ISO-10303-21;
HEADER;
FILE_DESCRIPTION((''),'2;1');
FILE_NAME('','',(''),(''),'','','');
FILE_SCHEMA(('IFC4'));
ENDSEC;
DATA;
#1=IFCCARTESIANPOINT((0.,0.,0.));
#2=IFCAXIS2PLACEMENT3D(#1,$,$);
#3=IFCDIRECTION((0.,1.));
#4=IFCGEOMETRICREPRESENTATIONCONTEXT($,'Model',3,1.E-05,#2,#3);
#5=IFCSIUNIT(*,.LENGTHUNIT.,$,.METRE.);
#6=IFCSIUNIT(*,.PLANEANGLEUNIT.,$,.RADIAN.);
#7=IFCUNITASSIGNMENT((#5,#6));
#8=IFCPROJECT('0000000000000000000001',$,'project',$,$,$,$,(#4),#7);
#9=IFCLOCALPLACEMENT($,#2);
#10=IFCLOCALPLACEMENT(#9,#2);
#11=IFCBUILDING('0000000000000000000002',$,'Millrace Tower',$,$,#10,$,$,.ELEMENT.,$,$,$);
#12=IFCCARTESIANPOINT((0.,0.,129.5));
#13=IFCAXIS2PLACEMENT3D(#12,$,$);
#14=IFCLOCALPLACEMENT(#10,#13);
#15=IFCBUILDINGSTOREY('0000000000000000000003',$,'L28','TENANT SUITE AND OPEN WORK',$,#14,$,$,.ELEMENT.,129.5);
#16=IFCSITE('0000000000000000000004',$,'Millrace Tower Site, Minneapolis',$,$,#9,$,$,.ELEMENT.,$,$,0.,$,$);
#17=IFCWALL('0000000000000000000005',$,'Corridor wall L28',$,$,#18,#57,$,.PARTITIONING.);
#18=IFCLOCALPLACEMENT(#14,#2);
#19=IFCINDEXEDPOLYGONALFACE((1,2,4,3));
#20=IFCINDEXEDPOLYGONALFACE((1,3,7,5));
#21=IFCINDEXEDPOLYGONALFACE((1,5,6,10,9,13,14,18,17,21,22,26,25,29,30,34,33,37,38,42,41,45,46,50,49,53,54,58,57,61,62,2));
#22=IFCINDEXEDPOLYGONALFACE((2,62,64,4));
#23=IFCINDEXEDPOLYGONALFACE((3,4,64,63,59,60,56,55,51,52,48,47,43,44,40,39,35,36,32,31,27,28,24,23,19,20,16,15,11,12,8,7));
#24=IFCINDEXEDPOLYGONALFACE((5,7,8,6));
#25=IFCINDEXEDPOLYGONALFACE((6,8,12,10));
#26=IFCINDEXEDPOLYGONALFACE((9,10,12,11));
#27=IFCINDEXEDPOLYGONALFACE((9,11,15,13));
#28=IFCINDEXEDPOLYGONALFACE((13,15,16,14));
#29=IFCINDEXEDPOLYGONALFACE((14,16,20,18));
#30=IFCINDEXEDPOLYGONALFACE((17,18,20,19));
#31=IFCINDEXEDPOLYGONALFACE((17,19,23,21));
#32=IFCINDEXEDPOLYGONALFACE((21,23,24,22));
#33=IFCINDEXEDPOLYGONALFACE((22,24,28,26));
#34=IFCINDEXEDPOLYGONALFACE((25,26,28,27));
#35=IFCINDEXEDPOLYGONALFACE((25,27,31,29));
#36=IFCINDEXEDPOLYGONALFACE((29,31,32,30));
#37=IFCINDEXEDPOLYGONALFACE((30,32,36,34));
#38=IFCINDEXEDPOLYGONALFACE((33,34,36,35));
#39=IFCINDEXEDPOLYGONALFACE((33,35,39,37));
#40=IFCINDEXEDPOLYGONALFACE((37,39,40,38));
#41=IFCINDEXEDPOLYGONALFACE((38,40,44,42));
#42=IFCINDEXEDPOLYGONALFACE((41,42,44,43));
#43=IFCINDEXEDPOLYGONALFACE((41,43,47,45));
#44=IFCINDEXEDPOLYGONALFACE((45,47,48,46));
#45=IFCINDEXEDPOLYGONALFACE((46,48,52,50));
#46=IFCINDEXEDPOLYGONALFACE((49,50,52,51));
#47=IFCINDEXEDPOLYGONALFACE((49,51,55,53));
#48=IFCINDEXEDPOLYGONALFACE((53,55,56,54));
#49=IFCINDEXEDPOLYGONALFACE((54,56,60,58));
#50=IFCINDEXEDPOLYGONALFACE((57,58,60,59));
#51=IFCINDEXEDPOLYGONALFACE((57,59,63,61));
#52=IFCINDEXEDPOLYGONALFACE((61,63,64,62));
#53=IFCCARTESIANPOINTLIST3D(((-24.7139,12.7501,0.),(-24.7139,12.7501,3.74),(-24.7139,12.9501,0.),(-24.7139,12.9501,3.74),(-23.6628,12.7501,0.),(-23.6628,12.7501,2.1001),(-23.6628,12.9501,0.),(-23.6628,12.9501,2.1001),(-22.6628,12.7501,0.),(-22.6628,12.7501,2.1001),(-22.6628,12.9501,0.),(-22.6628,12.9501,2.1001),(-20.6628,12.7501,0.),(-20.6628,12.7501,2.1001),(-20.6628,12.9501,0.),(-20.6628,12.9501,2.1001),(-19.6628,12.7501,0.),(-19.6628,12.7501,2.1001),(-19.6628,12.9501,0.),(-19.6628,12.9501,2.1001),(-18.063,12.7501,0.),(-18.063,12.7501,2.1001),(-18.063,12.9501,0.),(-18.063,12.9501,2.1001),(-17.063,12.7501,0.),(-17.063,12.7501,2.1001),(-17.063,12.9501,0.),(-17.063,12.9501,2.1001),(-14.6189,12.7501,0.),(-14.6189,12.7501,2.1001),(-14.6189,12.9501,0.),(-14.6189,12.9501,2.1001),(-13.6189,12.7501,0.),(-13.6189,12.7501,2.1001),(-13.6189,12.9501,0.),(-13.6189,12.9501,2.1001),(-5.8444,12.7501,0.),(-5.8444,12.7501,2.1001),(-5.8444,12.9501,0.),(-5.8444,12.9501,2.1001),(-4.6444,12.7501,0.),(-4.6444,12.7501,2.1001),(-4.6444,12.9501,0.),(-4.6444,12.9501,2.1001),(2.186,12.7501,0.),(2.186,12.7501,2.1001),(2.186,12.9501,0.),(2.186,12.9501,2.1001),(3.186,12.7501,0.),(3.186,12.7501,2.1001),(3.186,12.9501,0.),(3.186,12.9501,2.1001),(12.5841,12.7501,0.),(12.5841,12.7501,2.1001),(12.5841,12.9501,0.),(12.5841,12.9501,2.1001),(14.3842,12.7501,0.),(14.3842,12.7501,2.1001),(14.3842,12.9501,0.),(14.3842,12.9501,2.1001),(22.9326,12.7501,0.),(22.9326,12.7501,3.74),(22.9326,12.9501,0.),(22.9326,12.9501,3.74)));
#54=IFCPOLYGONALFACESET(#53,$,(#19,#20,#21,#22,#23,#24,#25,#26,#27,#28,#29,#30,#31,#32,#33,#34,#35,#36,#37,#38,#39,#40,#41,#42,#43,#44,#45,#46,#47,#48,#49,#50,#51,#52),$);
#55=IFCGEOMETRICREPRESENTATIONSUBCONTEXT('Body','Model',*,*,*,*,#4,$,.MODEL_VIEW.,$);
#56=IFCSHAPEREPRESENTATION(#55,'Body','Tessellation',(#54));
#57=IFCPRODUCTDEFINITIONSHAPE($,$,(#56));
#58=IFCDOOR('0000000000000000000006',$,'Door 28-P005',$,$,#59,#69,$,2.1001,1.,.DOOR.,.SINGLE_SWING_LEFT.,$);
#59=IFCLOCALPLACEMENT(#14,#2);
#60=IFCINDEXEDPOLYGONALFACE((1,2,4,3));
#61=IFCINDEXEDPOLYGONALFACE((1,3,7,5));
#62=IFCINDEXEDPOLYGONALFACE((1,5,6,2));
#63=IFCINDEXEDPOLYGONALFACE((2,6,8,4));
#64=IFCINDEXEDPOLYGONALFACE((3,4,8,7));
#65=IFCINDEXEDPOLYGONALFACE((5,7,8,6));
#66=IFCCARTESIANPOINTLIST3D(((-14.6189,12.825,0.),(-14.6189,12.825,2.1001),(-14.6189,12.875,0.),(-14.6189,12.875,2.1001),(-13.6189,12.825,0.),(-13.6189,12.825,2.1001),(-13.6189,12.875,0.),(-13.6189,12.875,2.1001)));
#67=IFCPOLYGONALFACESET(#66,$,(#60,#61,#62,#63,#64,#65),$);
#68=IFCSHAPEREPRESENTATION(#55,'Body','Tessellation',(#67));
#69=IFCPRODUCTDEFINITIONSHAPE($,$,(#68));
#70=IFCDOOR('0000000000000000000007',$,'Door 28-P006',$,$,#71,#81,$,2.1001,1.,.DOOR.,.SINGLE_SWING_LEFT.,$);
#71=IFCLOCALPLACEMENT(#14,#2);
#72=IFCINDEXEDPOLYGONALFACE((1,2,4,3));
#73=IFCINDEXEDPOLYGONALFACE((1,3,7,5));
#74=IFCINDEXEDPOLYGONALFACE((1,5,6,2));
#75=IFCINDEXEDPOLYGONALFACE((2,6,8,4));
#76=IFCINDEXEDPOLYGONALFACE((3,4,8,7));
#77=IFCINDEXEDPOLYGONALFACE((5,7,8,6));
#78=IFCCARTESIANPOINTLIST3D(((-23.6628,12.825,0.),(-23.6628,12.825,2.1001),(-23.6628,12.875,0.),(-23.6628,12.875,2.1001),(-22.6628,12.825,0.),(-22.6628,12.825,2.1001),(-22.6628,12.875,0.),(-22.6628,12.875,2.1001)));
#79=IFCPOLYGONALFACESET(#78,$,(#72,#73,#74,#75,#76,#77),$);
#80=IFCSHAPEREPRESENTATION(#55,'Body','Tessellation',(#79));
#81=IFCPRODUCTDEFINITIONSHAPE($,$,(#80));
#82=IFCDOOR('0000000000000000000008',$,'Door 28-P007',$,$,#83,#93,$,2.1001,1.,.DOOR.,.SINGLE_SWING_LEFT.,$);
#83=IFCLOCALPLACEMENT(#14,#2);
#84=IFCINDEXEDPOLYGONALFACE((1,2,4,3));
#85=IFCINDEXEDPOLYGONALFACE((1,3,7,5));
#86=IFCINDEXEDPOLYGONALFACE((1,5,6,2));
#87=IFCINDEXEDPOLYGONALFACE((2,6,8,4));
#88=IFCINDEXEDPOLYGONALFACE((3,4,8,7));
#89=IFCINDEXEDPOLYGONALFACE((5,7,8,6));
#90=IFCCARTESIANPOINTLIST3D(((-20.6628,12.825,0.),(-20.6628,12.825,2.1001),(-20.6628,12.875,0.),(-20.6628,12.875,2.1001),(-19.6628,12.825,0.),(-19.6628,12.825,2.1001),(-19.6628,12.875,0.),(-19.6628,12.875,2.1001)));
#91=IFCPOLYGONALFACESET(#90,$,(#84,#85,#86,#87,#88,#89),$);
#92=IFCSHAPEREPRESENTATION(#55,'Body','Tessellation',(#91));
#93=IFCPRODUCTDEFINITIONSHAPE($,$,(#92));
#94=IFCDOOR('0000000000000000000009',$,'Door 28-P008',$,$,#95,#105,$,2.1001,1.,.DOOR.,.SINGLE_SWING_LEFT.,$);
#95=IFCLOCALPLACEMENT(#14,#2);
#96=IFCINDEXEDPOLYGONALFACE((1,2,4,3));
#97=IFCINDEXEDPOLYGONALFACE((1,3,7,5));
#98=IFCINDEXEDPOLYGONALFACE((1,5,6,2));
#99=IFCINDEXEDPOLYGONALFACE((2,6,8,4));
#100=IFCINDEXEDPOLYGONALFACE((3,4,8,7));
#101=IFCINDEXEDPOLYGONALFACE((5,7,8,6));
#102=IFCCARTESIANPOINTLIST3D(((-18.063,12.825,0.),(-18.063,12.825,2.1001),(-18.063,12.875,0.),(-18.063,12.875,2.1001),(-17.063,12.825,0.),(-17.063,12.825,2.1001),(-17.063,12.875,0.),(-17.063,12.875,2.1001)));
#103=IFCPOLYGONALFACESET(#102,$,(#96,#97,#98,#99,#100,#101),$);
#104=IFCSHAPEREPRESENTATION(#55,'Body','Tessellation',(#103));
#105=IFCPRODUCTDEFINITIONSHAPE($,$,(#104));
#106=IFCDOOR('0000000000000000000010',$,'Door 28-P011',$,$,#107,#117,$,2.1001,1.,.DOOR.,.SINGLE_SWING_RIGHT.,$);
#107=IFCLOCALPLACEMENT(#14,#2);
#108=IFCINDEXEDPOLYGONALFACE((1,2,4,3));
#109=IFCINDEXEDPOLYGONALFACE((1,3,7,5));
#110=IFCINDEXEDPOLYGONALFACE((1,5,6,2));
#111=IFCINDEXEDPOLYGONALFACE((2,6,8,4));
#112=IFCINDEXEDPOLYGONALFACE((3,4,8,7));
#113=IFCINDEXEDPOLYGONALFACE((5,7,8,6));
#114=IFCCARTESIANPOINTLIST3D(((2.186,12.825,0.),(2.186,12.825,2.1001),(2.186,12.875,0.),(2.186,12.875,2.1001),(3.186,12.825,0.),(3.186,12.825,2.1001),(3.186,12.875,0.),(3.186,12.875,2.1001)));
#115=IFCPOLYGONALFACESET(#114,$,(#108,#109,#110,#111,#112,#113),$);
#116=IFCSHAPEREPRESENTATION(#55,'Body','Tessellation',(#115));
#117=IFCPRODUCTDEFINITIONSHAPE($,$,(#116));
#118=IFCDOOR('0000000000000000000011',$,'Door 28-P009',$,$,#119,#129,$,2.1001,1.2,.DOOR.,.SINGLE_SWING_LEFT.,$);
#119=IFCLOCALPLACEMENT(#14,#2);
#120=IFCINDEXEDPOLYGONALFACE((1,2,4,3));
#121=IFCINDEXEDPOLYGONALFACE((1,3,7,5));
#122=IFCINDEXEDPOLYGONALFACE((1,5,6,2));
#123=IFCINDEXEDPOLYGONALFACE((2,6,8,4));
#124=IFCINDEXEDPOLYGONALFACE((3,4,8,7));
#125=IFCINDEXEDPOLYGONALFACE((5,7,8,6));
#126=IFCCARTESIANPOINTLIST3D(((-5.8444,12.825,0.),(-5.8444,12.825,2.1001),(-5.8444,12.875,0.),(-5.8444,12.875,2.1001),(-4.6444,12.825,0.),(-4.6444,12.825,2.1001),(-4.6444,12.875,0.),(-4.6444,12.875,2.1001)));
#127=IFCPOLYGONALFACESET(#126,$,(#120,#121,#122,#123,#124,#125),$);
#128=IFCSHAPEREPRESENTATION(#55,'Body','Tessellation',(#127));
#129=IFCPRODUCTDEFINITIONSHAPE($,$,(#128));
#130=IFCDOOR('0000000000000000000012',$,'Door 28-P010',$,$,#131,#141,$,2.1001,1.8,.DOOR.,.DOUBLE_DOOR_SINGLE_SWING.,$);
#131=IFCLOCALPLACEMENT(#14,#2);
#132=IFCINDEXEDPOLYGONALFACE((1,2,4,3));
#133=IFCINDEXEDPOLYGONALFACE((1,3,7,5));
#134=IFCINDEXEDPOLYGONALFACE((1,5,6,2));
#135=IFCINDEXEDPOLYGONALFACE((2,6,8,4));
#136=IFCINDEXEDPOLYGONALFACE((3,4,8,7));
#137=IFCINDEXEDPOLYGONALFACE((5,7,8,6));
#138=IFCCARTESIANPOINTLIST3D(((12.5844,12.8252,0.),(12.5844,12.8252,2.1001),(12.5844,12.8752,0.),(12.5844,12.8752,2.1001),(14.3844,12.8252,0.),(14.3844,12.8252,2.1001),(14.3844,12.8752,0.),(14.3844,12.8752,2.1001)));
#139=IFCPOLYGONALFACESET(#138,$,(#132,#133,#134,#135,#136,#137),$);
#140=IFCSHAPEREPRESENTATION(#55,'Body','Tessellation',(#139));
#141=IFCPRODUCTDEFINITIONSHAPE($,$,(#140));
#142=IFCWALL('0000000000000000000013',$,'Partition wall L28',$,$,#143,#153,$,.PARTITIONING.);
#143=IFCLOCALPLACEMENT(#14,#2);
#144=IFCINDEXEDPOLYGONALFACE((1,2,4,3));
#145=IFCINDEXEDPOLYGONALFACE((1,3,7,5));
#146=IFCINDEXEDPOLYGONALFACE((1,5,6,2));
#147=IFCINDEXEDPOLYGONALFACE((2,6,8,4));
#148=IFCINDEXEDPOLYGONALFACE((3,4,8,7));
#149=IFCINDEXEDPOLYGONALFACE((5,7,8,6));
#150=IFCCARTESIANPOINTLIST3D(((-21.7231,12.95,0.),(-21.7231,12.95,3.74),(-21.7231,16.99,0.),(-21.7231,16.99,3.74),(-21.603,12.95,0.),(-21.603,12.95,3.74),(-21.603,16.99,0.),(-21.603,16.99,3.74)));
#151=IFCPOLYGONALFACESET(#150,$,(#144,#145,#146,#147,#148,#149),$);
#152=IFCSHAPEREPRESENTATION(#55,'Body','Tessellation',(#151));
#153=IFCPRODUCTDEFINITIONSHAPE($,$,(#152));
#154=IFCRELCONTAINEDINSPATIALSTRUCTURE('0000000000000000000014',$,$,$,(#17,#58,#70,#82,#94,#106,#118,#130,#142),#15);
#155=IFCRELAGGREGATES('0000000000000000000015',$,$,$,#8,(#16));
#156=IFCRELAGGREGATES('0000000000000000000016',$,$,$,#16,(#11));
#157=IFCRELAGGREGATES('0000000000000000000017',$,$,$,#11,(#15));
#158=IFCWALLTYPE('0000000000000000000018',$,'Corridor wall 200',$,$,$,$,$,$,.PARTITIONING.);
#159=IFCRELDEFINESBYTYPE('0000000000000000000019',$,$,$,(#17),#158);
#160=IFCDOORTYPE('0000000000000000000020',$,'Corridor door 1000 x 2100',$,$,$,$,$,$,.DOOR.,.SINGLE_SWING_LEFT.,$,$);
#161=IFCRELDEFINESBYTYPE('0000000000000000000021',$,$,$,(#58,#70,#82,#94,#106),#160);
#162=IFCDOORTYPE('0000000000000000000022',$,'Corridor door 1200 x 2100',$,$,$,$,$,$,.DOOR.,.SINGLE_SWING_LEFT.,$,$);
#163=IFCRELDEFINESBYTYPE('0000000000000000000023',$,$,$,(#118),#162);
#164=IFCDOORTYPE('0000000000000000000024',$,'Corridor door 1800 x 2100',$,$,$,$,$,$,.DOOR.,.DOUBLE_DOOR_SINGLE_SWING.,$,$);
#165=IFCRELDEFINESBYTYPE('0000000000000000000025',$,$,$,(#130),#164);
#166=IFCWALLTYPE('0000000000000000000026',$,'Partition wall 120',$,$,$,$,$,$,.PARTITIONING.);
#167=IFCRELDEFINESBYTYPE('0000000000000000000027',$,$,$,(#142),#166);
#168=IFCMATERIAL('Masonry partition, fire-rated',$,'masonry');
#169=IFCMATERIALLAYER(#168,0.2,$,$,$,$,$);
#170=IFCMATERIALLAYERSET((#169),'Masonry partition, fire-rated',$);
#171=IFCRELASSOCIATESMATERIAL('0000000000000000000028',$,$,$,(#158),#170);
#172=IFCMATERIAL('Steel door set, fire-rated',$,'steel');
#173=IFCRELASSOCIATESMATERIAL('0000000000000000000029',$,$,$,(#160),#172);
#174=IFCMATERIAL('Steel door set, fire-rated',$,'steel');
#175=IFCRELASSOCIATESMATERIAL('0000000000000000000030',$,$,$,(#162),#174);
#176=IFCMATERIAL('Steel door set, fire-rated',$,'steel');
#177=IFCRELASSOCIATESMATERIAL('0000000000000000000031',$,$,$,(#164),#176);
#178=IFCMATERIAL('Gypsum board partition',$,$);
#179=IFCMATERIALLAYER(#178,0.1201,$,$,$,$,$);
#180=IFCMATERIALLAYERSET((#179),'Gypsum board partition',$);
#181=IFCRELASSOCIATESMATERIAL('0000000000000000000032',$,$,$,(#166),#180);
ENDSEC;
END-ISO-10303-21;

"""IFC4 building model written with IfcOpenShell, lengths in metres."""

from ifc_helpers import new_model, si_unit, direction, frame, frame_2d, origin, place, context, subcontext, project, spatial, rectangle, extrude, material, layer, layer_set, type_object, element, fill, save


model = new_model("IFC4")

# Units and contexts
model_context = context("Model", 3, precision=1e-05, world=origin(), true_north=direction((0.0, 1.0)))
body_context = subcontext(model_context, "Body", "Model", "MODEL_VIEW")
ifc_project = project(units=[si_unit("LENGTHUNIT", "METRE"), si_unit("PLANEANGLEUNIT", "RADIAN")], contexts=[model_context])

# Site, building, storey
site_placement = place(None, origin())
site = spatial("IfcSite", under=ifc_project, at=site_placement, Name="Millrace Tower Site, Minneapolis", CompositionType="ELEMENT", RefElevation=0.0)
building_placement = place(site_placement, origin())
building = spatial("IfcBuilding", under=site, at=building_placement, Name="Millrace Tower", CompositionType="ELEMENT")
storey_placement = place(building_placement, frame((0.0, 0.0, 129.5)))
storey = spatial("IfcBuildingStorey", under=building, at=storey_placement, Name="L28", Description="TENANT SUITE AND OPEN WORK", CompositionType="ELEMENT", Elevation=129.5)

# Shared definitions
ifc_material_1 = material(Name="Masonry partition, fire-rated", Category="masonry")
ifc_layer_1 = layer(ifc_material_1, 0.2)
ifc_layer_set_1 = layer_set([ifc_layer_1], Name="Masonry partition, fire-rated")
wall_type_1 = type_object("IfcWallType", Name="Corridor wall 200", PredefinedType="PARTITIONING", material=ifc_layer_set_1)

# Wall, openings, doors
wall_1_placement = place(storey_placement, frame((-24.7139, 12.8501, 0.0), z_axis=(0.0, 0.0, 1.0), x_axis=(1.0, 0.0, 0.0)))
wall_1 = element("IfcWall", 1, at=wall_1_placement, inside=storey, type_object=wall_type_1, Name="Corridor wall L28", PredefinedType="PARTITIONING", context=body_context, shape_type="SweptSolid", body=[
    extrude(rectangle(XDim=47.6465, YDim=0.2, at=frame_2d((23.8232, 0.0))), origin(), (0.0, 0.0, 1.0), 3.74),
])
opening_1_placement = place(wall_1_placement, frame((10.095, 0.0, 0.0)))
opening_1 = element("IfcOpeningElement", 2, at=opening_1_placement, cuts=wall_1, PredefinedType="OPENING", context=body_context, shape_type="SweptSolid", body=[
    extrude(rectangle(XDim=1.0, YDim=2.1001, at=frame_2d((0.5, 1.05))), frame((0.0, 0.1099, 0.0), z_axis=(0.0, -1.0, 0.0), x_axis=(1.0, 0.0, 0.0)), (0.0, 0.0, 1.0), 0.22),
])
opening_2_placement = place(wall_1_placement, frame((1.051, 0.0, 0.0)))
opening_2 = element("IfcOpeningElement", 3, at=opening_2_placement, cuts=wall_1, PredefinedType="OPENING", context=body_context, shape_type="SweptSolid", body=[
    extrude(rectangle(XDim=1.0, YDim=2.1001, at=frame_2d((0.5, 1.05))), frame((0.0, 0.1099, 0.0), z_axis=(0.0, -1.0, 0.0), x_axis=(1.0, 0.0, 0.0)), (0.0, 0.0, 1.0), 0.22),
])
opening_3_placement = place(wall_1_placement, frame((4.051, 0.0, 0.0)))
opening_3 = element("IfcOpeningElement", 4, at=opening_3_placement, cuts=wall_1, PredefinedType="OPENING", context=body_context, shape_type="SweptSolid", body=[
    extrude(rectangle(XDim=1.0, YDim=2.1001, at=frame_2d((0.5, 1.05))), frame((0.0, 0.1099, 0.0), z_axis=(0.0, -1.0, 0.0), x_axis=(1.0, 0.0, 0.0)), (0.0, 0.0, 1.0), 0.22),
])
opening_4_placement = place(wall_1_placement, frame((6.6509, 0.0, 0.0)))
opening_4 = element("IfcOpeningElement", 5, at=opening_4_placement, cuts=wall_1, PredefinedType="OPENING", context=body_context, shape_type="SweptSolid", body=[
    extrude(rectangle(XDim=1.0, YDim=2.1001, at=frame_2d((0.5, 1.05))), frame((0.0, 0.1099, 0.0), z_axis=(0.0, -1.0, 0.0), x_axis=(1.0, 0.0, 0.0)), (0.0, 0.0, 1.0), 0.22),
])
opening_5_placement = place(wall_1_placement, frame((18.8694, 0.0, 0.0)))
opening_5 = element("IfcOpeningElement", 6, at=opening_5_placement, cuts=wall_1, PredefinedType="OPENING", context=body_context, shape_type="SweptSolid", body=[
    extrude(rectangle(XDim=1.2, YDim=2.1001, at=frame_2d((0.6001, 1.05))), frame((0.0, 0.1099, 0.0), z_axis=(0.0, -1.0, 0.0), x_axis=(1.0, 0.0, 0.0)), (0.0, 0.0, 1.0), 0.22),
])
opening_6_placement = place(wall_1_placement, frame((37.2981, 0.0, 0.0)))
opening_6 = element("IfcOpeningElement", 7, at=opening_6_placement, cuts=wall_1, PredefinedType="OPENING", context=body_context, shape_type="SweptSolid", body=[
    extrude(rectangle(XDim=1.8, YDim=2.1001, at=frame_2d((0.8999, 1.05))), frame((0.0, 0.1099, 0.0), z_axis=(0.0, -1.0, 0.0), x_axis=(1.0, 0.0, 0.0)), (0.0, 0.0, 1.0), 0.22),
])
opening_7_placement = place(wall_1_placement, frame((26.8999, 0.0, 0.0)))
opening_7 = element("IfcOpeningElement", 8, at=opening_7_placement, cuts=wall_1, PredefinedType="OPENING", context=body_context, shape_type="SweptSolid", body=[
    extrude(rectangle(XDim=1.0, YDim=2.1001, at=frame_2d((0.5, 1.05))), frame((0.0, 0.1099, 0.0), z_axis=(0.0, -1.0, 0.0), x_axis=(1.0, 0.0, 0.0)), (0.0, 0.0, 1.0), 0.22),
])
ifc_material_2 = material(Name="Steel door set, fire-rated", Category="steel")
door_type_1 = type_object("IfcDoorType", Name="Corridor door 1000 x 2100", OperationType="SINGLE_SWING_LEFT", PredefinedType="DOOR", material=ifc_material_2)
door_1_placement = place(opening_1_placement, origin())
door_1 = element("IfcDoor", 9, at=door_1_placement, inside=storey, type_object=door_type_1, Name="Door 28-P005", OperationType="SINGLE_SWING_LEFT", OverallHeight=2.1001, OverallWidth=1.0, PredefinedType="DOOR", context=body_context, shape_type="SweptSolid", body=[
    extrude(rectangle(XDim=1.0, YDim=2.1001, at=frame_2d((0.5, 1.05))), frame((0.0, 0.0249, 0.0), z_axis=(0.0, -1.0, 0.0), x_axis=(1.0, 0.0, 0.0)), (0.0, 0.0, 1.0), 0.05),
])
fill(opening_1, door_1)
door_2_placement = place(opening_2_placement, origin())
door_2 = element("IfcDoor", 10, at=door_2_placement, inside=storey, type_object=door_type_1, Name="Door 28-P006", OperationType="SINGLE_SWING_LEFT", OverallHeight=2.1001, OverallWidth=1.0, PredefinedType="DOOR", context=body_context, shape_type="SweptSolid", body=[
    extrude(rectangle(XDim=1.0, YDim=2.1001, at=frame_2d((0.5, 1.05))), frame((0.0, 0.0249, 0.0), z_axis=(0.0, -1.0, 0.0), x_axis=(1.0, 0.0, 0.0)), (0.0, 0.0, 1.0), 0.05),
])
fill(opening_2, door_2)
door_3_placement = place(opening_3_placement, origin())
door_3 = element("IfcDoor", 11, at=door_3_placement, inside=storey, type_object=door_type_1, Name="Door 28-P007", OperationType="SINGLE_SWING_LEFT", OverallHeight=2.1001, OverallWidth=1.0, PredefinedType="DOOR", context=body_context, shape_type="SweptSolid", body=[
    extrude(rectangle(XDim=1.0, YDim=2.1001, at=frame_2d((0.5, 1.05))), frame((0.0, 0.0249, 0.0), z_axis=(0.0, -1.0, 0.0), x_axis=(1.0, 0.0, 0.0)), (0.0, 0.0, 1.0), 0.05),
])
fill(opening_3, door_3)
door_4_placement = place(opening_4_placement, origin())
door_4 = element("IfcDoor", 12, at=door_4_placement, inside=storey, type_object=door_type_1, Name="Door 28-P008", OperationType="SINGLE_SWING_LEFT", OverallHeight=2.1001, OverallWidth=1.0, PredefinedType="DOOR", context=body_context, shape_type="SweptSolid", body=[
    extrude(rectangle(XDim=1.0, YDim=2.1001, at=frame_2d((0.5, 1.05))), frame((0.0, 0.0249, 0.0), z_axis=(0.0, -1.0, 0.0), x_axis=(1.0, 0.0, 0.0)), (0.0, 0.0, 1.0), 0.05),
])
fill(opening_4, door_4)
door_5_placement = place(opening_7_placement, origin())
door_5 = element("IfcDoor", 13, at=door_5_placement, inside=storey, type_object=door_type_1, Name="Door 28-P011", OperationType="SINGLE_SWING_RIGHT", OverallHeight=2.1001, OverallWidth=1.0, PredefinedType="DOOR", context=body_context, shape_type="SweptSolid", body=[
    extrude(rectangle(XDim=1.0, YDim=2.1001, at=frame_2d((0.5, 1.05))), frame((0.0, 0.0249, 0.0), z_axis=(0.0, -1.0, 0.0), x_axis=(1.0, 0.0, 0.0)), (0.0, 0.0, 1.0), 0.05),
])
fill(opening_7, door_5)
ifc_material_3 = material(Name="Steel door set, fire-rated", Category="steel")
door_type_2 = type_object("IfcDoorType", Name="Corridor door 1200 x 2100", OperationType="SINGLE_SWING_LEFT", PredefinedType="DOOR", material=ifc_material_3)
door_6_placement = place(opening_5_placement, origin())
door_6 = element("IfcDoor", 14, at=door_6_placement, inside=storey, type_object=door_type_2, Name="Door 28-P009", OperationType="SINGLE_SWING_LEFT", OverallHeight=2.1001, OverallWidth=1.2, PredefinedType="DOOR", context=body_context, shape_type="SweptSolid", body=[
    extrude(rectangle(XDim=1.2, YDim=2.1001, at=frame_2d((0.6001, 1.05))), frame((0.0, 0.0249, 0.0), z_axis=(0.0, -1.0, 0.0), x_axis=(1.0, 0.0, 0.0)), (0.0, 0.0, 1.0), 0.05),
])
fill(opening_5, door_6)
ifc_material_4 = material(Name="Steel door set, fire-rated", Category="steel")
door_type_3 = type_object("IfcDoorType", Name="Corridor door 1800 x 2100", OperationType="DOUBLE_DOOR_SINGLE_SWING", PredefinedType="DOOR", material=ifc_material_4)
door_7_placement = place(opening_6_placement, frame((1.8, 0.0, 0.0), z_axis=(0.0, 0.0, 1.0), x_axis=(-1.0, 0.0, 0.0)))
door_7 = element("IfcDoor", 15, at=door_7_placement, inside=storey, type_object=door_type_3, Name="Door 28-P010", OperationType="DOUBLE_DOOR_SINGLE_SWING", OverallHeight=2.1001, OverallWidth=1.8, PredefinedType="DOOR", context=body_context, shape_type="SweptSolid", body=[
    extrude(rectangle(XDim=1.8, YDim=2.1001, at=frame_2d((0.8999, 1.05))), frame((0.0, 0.0249, 0.0), z_axis=(0.0, -1.0, 0.0), x_axis=(1.0, 0.0, 0.0)), (0.0, 0.0, 1.0), 0.05),
])
fill(opening_6, door_7)

# Wall
ifc_material_5 = material(Name="Gypsum board partition")
ifc_layer_2 = layer(ifc_material_5, 0.1201)
ifc_layer_set_2 = layer_set([ifc_layer_2], Name="Gypsum board partition")
wall_type_2 = type_object("IfcWallType", Name="Partition wall 120", PredefinedType="PARTITIONING", material=ifc_layer_set_2)
wall_2_placement = place(storey_placement, frame((-21.6631, 12.95, 0.0), z_axis=(0.0, 0.0, 1.0), x_axis=(0.0, 1.0, 0.0)))
element("IfcWall", 16, at=wall_2_placement, inside=storey, type_object=wall_type_2, Name="Partition wall L28", PredefinedType="PARTITIONING", context=body_context, shape_type="SweptSolid", body=[
    extrude(rectangle(XDim=4.04, YDim=0.1201, at=frame_2d((2.02, 0.0))), origin(), (0.0, 0.0, 1.0), 3.74),
])

save(model, "model.ifc")
